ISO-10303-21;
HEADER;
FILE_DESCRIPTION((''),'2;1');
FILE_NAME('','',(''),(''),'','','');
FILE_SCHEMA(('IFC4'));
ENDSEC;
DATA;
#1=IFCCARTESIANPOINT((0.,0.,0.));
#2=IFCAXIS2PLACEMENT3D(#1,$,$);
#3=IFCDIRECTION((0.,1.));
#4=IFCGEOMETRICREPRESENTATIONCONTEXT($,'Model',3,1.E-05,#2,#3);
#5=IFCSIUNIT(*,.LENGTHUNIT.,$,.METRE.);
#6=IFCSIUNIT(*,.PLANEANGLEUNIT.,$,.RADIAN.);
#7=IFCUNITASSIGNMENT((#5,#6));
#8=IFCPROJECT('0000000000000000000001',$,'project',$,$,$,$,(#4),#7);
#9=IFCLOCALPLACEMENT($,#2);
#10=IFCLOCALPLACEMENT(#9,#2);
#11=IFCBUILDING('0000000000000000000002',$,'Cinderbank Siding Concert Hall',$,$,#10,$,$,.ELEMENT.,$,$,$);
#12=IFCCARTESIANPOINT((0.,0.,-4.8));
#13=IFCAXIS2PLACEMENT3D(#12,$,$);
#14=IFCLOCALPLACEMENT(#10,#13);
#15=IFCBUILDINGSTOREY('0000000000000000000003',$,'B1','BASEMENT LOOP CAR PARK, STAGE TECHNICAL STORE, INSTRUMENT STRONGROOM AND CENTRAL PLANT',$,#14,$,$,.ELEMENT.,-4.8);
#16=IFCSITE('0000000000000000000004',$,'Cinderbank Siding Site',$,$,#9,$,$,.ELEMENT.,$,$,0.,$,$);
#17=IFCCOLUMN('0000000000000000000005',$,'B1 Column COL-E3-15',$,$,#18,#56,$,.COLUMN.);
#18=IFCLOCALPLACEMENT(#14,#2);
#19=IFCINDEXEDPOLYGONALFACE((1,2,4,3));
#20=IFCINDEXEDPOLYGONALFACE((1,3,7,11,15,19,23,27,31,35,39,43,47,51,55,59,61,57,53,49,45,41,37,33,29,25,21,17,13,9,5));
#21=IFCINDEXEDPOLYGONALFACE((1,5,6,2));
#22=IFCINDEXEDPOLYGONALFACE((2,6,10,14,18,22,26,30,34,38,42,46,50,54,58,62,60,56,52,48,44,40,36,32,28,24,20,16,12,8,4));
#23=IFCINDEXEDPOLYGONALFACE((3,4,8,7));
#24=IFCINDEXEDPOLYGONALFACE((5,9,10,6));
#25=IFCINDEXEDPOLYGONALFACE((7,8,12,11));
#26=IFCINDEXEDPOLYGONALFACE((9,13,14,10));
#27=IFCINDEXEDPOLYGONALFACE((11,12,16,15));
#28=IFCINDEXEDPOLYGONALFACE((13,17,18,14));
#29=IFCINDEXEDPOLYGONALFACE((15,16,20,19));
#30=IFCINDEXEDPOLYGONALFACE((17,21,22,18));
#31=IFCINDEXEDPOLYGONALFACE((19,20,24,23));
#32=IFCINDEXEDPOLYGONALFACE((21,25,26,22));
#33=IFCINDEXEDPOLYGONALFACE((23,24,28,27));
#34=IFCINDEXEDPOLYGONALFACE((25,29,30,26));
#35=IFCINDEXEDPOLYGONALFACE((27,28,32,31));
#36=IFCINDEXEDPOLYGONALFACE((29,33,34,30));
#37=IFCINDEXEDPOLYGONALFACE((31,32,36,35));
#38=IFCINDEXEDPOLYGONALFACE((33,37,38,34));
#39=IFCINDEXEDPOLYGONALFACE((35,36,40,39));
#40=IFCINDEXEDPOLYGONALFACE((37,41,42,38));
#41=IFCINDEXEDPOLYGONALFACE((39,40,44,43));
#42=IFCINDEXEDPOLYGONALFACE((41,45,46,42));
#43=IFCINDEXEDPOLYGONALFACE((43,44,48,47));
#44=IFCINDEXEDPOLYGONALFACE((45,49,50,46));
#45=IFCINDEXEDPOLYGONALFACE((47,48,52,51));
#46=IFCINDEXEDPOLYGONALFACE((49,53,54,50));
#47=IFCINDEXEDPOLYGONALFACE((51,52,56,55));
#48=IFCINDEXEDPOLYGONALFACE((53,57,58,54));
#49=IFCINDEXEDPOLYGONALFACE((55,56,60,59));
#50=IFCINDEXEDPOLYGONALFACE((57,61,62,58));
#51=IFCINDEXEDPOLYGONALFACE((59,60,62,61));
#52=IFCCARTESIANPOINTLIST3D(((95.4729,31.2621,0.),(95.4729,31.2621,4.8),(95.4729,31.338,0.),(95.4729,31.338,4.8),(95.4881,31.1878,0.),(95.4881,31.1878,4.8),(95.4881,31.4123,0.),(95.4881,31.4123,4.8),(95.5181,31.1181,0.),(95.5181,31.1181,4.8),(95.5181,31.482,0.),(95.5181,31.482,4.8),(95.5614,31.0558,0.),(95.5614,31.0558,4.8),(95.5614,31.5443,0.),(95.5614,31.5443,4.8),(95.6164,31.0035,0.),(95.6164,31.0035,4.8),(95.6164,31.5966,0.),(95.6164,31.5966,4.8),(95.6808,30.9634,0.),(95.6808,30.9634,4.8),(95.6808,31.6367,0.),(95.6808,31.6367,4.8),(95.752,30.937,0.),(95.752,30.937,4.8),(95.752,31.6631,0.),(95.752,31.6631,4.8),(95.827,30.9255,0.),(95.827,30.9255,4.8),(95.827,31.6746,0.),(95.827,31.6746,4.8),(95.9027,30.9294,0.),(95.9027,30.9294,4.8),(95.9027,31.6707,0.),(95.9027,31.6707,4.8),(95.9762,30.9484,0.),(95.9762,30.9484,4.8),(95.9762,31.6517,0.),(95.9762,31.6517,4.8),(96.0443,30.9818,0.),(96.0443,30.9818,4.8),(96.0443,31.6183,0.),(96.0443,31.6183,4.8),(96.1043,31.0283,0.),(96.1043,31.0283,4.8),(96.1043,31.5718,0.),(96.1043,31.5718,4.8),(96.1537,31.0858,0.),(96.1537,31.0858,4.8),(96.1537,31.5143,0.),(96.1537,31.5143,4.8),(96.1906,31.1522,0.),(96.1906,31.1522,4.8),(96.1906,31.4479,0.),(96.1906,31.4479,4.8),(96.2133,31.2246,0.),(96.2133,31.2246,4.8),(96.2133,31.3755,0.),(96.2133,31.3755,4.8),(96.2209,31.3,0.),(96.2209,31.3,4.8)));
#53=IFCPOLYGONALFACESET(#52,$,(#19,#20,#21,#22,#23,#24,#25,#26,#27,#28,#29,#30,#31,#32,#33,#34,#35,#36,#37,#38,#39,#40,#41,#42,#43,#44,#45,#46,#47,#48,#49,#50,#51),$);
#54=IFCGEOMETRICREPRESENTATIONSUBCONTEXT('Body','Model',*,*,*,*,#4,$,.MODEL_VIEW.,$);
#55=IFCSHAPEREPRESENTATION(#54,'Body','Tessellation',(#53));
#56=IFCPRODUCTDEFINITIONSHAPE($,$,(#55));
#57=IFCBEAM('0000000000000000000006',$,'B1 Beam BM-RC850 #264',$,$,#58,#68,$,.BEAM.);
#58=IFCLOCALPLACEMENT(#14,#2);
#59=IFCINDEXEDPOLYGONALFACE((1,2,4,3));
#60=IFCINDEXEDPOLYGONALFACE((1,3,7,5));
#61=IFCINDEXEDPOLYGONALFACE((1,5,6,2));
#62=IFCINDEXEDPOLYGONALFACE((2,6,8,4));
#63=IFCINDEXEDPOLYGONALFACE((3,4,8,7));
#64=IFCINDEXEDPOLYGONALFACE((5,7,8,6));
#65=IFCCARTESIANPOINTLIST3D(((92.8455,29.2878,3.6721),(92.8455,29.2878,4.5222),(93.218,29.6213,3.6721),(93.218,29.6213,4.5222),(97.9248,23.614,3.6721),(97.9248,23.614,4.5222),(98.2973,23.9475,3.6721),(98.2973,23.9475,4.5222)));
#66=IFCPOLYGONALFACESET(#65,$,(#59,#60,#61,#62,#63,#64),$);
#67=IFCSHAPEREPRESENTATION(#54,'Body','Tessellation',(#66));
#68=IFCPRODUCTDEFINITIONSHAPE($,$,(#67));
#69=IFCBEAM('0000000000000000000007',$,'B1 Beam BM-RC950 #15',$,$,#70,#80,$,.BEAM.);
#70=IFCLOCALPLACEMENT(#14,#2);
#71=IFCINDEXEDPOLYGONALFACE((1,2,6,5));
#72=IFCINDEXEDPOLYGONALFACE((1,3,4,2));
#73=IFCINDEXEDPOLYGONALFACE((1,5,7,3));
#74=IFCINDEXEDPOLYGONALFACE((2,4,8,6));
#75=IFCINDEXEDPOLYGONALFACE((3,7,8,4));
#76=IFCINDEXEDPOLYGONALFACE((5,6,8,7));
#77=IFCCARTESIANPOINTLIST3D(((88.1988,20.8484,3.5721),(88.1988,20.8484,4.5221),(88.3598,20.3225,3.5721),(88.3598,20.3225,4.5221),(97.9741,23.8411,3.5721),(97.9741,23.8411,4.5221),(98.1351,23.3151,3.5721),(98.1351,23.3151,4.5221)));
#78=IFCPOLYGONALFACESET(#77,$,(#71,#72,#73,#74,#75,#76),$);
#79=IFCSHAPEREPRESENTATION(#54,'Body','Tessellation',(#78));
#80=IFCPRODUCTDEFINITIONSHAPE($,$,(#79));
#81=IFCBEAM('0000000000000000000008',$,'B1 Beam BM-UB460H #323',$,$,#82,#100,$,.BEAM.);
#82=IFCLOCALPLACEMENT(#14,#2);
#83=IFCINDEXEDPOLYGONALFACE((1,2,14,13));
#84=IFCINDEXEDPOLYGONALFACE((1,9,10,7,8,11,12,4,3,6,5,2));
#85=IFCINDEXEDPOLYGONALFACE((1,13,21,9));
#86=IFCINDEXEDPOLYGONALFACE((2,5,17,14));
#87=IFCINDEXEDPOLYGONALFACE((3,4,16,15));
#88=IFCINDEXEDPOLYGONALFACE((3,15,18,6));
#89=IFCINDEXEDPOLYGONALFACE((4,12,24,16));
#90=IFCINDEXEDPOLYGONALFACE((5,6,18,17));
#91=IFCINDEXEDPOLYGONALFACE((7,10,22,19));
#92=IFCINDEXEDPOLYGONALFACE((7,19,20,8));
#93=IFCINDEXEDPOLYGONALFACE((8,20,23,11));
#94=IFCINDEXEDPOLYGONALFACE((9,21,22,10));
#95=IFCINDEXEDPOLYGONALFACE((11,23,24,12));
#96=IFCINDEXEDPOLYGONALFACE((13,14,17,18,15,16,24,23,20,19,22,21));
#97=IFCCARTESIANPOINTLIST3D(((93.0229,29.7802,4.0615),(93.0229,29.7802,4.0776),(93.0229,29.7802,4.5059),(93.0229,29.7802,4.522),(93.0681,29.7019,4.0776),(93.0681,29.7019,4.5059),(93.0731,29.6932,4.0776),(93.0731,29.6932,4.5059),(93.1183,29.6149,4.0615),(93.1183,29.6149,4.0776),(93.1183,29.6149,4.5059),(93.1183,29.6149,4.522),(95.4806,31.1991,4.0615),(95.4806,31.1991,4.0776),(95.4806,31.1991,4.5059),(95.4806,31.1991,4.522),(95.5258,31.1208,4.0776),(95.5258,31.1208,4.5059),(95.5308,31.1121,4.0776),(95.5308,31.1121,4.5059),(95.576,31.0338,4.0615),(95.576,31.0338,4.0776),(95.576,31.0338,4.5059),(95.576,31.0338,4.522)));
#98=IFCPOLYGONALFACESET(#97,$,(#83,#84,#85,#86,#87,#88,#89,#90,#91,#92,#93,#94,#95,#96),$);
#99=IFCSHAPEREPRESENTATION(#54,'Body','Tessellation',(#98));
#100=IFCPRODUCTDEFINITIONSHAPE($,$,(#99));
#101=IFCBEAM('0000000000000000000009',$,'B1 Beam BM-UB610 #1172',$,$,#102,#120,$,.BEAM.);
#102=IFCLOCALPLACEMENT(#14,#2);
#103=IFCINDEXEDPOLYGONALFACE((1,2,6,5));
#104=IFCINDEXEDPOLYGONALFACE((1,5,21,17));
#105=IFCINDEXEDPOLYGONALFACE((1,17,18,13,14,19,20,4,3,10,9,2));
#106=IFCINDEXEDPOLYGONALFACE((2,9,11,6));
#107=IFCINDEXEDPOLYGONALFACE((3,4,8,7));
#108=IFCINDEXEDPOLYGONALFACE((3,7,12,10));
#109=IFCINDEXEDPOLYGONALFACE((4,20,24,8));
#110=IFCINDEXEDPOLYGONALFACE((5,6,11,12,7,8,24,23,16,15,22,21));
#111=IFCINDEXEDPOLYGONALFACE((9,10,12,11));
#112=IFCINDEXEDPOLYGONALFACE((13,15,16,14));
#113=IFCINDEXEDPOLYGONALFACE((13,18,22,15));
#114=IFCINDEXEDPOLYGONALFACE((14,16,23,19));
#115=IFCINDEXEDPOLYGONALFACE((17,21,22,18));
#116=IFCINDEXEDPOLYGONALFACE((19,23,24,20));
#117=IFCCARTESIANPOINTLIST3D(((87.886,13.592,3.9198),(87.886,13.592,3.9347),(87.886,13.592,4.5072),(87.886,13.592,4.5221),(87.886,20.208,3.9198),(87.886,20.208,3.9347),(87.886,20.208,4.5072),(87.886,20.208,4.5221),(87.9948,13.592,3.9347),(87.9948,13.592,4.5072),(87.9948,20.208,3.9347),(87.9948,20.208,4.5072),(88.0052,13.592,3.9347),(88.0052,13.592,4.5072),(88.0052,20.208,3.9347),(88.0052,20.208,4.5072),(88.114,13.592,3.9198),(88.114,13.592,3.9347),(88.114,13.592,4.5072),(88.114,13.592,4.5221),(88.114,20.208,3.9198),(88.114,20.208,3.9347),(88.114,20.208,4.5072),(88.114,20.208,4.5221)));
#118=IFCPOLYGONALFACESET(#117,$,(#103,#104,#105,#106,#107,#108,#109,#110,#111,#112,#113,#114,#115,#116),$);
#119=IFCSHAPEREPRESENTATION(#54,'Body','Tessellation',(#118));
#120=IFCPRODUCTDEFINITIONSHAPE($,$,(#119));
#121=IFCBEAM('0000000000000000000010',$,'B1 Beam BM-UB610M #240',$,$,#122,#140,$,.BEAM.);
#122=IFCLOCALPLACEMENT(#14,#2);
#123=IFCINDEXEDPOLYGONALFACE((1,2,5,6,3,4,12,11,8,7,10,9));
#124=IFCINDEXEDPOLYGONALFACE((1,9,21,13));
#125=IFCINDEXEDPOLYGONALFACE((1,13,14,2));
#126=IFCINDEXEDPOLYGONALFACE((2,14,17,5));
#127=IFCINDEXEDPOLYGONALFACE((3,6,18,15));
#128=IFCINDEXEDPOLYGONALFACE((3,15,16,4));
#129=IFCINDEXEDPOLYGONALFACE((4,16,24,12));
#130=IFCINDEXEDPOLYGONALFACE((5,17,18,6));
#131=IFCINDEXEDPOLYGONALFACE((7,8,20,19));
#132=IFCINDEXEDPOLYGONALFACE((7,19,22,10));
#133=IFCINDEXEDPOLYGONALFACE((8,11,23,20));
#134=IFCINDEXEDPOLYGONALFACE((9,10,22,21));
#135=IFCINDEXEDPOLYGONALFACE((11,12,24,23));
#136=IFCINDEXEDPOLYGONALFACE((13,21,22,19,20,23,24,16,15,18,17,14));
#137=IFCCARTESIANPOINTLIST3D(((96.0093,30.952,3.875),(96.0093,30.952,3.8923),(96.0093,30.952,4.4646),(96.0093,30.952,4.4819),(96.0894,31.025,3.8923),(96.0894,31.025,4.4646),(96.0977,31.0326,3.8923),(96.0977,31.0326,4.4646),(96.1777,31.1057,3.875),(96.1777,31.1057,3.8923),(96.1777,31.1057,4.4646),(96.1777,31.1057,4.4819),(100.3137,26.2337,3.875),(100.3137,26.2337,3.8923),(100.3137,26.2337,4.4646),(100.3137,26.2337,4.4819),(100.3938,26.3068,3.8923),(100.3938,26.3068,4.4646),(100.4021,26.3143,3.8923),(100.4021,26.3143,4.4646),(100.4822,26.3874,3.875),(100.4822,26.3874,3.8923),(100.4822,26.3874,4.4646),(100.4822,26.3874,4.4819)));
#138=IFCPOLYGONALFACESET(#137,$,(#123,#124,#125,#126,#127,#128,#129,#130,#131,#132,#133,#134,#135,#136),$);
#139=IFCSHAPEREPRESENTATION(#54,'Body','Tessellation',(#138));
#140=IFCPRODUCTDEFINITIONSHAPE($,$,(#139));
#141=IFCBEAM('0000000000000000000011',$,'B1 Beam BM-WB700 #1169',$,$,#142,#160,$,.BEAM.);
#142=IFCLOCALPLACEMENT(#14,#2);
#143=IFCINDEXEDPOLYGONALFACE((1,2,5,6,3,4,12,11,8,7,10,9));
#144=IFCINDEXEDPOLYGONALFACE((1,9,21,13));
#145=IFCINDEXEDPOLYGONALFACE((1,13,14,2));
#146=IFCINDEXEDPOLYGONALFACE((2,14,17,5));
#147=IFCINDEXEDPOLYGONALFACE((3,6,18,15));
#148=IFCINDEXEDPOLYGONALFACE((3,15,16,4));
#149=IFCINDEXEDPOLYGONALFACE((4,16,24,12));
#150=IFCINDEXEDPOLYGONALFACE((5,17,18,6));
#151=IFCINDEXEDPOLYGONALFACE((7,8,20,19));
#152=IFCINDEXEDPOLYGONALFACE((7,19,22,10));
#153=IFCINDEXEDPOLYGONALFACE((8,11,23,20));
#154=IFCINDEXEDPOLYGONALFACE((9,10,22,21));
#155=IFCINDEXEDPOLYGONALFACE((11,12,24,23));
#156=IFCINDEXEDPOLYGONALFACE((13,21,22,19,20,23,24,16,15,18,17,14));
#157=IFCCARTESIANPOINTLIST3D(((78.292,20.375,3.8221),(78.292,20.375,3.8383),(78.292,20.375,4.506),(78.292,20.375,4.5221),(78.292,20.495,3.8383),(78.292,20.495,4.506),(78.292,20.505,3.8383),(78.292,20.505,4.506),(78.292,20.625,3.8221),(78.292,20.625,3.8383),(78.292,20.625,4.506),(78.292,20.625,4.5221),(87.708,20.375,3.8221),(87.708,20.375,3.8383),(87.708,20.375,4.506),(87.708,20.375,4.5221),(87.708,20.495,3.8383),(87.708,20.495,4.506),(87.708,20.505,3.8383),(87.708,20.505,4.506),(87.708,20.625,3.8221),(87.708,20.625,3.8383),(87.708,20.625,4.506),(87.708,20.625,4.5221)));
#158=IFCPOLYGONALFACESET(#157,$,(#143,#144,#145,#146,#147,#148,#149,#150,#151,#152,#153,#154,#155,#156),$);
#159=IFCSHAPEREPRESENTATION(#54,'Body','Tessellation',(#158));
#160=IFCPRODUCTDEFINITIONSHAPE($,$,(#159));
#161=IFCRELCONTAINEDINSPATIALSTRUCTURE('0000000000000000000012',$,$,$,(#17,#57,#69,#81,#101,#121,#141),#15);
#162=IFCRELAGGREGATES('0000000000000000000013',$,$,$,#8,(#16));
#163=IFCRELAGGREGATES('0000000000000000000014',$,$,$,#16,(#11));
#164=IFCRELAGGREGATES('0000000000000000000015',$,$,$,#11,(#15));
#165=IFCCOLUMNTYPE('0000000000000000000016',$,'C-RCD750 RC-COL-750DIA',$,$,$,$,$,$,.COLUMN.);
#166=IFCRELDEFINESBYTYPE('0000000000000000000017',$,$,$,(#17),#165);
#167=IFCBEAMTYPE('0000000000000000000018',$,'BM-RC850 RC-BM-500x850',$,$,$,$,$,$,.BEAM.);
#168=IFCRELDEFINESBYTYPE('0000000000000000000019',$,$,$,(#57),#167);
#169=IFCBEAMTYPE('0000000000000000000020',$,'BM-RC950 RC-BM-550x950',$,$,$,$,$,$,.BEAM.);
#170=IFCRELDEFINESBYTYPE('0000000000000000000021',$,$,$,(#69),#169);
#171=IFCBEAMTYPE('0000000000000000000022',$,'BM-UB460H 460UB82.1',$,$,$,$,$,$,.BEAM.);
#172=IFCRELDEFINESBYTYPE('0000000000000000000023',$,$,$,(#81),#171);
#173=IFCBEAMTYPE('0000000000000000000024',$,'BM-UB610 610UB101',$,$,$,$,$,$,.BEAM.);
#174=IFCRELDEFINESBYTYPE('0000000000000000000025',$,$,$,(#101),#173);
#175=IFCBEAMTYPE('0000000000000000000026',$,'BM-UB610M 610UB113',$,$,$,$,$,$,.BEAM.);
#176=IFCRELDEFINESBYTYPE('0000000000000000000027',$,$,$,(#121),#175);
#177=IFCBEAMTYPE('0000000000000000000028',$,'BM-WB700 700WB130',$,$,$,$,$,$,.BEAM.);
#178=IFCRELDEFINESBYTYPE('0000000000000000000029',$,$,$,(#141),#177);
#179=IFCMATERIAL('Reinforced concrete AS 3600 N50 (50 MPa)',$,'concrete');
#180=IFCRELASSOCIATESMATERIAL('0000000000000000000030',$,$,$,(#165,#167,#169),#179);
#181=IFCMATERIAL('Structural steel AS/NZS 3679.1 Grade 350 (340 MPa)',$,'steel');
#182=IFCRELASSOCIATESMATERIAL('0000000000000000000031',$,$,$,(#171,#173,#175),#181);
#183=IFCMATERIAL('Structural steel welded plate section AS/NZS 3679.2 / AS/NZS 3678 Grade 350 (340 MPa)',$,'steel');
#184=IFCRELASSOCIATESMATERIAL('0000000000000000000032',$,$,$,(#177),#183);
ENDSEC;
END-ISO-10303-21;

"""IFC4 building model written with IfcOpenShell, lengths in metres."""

from ifc_helpers import new_model, si_unit, direction, frame, origin, origin_2d, place, context, subcontext, project, spatial, rectangle, circle, i_section, extrude, material, material_profile, profile_set, type_object, element, save


model = new_model("IFC4")

# Units and contexts
model_context = context("Model", 3, precision=1e-05, world=origin(), true_north=direction((0.0, 1.0)))
body_context = subcontext(model_context, "Body", "Model", "MODEL_VIEW")
ifc_project = project(units=[si_unit("LENGTHUNIT", "METRE"), si_unit("PLANEANGLEUNIT", "RADIAN")], contexts=[model_context])

# Site, building, storey
site_placement = place(None, origin())
site = spatial("IfcSite", under=ifc_project, at=site_placement, Name="Cinderbank Siding Site", CompositionType="ELEMENT", RefElevation=0.0)
building_placement = place(site_placement, origin())
building = spatial("IfcBuilding", under=site, at=building_placement, Name="Cinderbank Siding Concert Hall", CompositionType="ELEMENT")
storey_placement = place(building_placement, frame((0.0, 0.0, -4.8)))
storey = spatial("IfcBuildingStorey", under=building, at=storey_placement, Name="B1", Description="BASEMENT LOOP CAR PARK, STAGE TECHNICAL STORE, INSTRUMENT STRONGROOM AND CENTRAL PLANT", CompositionType="ELEMENT", Elevation=-4.8)

# Column
ifc_material_1 = material(Name="Reinforced concrete AS 3600 N50 (50 MPa)", Category="concrete")
ifc_material_profile_1 = material_profile(ifc_material_1, circle(Radius=0.375, at=origin_2d()), Name="RC-COL-750DIA", Category="LoadBearing")
ifc_profile_set_1 = profile_set([ifc_material_profile_1], Name="Reinforced concrete AS 3600 N50 (50 MPa)")
column_type_1 = type_object("IfcColumnType", Name="C-RCD750 RC-COL-750DIA", PredefinedType="COLUMN", material=ifc_profile_set_1)
column_1_placement = place(storey_placement, frame((95.8459, 31.3, 0.0), z_axis=(0.0, 0.0, 1.0), x_axis=(1.0, 0.0, 0.0)))
element("IfcColumn", 1, at=column_1_placement, inside=storey, type_object=column_type_1, Name="B1 Column COL-E3-15", PredefinedType="COLUMN", context=body_context, shape_type="SweptSolid", body=[
    extrude(circle(Radius=0.375, at=origin_2d()), origin(), (0.0, 0.0, 1.0), 4.8),
])

# Beams
ifc_material_profile_2 = material_profile(ifc_material_1, rectangle(XDim=0.5, YDim=0.8501, at=origin_2d()), Name="RC-BM-500x850", Category="LoadBearing")
ifc_profile_set_2 = profile_set([ifc_material_profile_2], Name="Reinforced concrete AS 3600 N50 (50 MPa)")
beam_type_1 = type_object("IfcBeamType", Name="BM-RC850 RC-BM-500x850", PredefinedType="BEAM", material=ifc_profile_set_2)
beam_1_placement = place(storey_placement, frame((93.0317, 29.4546, 4.0972), z_axis=(0.666996, -0.745061, 0.0), x_axis=(0.745061, 0.666996, 0.0)))
element("IfcBeam", 2, at=beam_1_placement, inside=storey, type_object=beam_type_1, Name="B1 Beam BM-RC850 #264", PredefinedType="BEAM", context=body_context, shape_type="SweptSolid", body=[
    extrude(rectangle(XDim=0.5, YDim=0.8501, at=origin_2d()), origin(), (0.0, 0.0, 1.0), 7.6152),
])
ifc_material_profile_3 = material_profile(ifc_material_1, rectangle(XDim=0.55, YDim=0.95, at=origin_2d()), Name="RC-BM-550x950", Category="LoadBearing")
ifc_profile_set_3 = profile_set([ifc_material_profile_3], Name="Reinforced concrete AS 3600 N50 (50 MPa)")
beam_type_2 = type_object("IfcBeamType", Name="BM-RC950 RC-BM-550x950", PredefinedType="BEAM", material=ifc_profile_set_3)
beam_2_placement = place(storey_placement, frame((88.2793, 20.5854, 4.0471), z_axis=(0.956194, 0.292733, 0.0), x_axis=(-0.292733, 0.956194, 0.0)))
element("IfcBeam", 3, at=beam_2_placement, inside=storey, type_object=beam_type_2, Name="B1 Beam BM-RC950 #15", PredefinedType="BEAM", context=body_context, shape_type="SweptSolid", body=[
    extrude(rectangle(XDim=0.55, YDim=0.95, at=origin_2d()), origin(), (0.0, 0.0, 1.0), 10.2231),
])
ifc_material_2 = material(Name="Structural steel AS/NZS 3679.1 Grade 350 (340 MPa)", Category="steel")
ifc_material_profile_4 = material_profile(ifc_material_2, i_section(OverallWidth=0.1909, OverallDepth=0.4604, WebThickness=0.01, FlangeThickness=0.0161, at=origin_2d()), Name="460UB82.1", Category="LoadBearing")
ifc_profile_set_4 = profile_set([ifc_material_profile_4], Name="Structural steel AS/NZS 3679.1 Grade 350 (340 MPa)")
beam_type_3 = type_object("IfcBeamType", Name="BM-UB460H 460UB82.1", PredefinedType="BEAM", material=ifc_profile_set_4)
beam_3_placement = place(storey_placement, frame((95.5283, 31.1165, 4.2917), z_axis=(-0.866032, -0.499988, 0.0), x_axis=(0.499988, -0.866032, 0.0)))
element("IfcBeam", 4, at=beam_3_placement, inside=storey, type_object=beam_type_3, Name="B1 Beam BM-UB460H #323", PredefinedType="BEAM", context=body_context, shape_type="SweptSolid", body=[
    extrude(i_section(OverallWidth=0.1909, OverallDepth=0.4604, WebThickness=0.01, FlangeThickness=0.0161, at=origin_2d()), origin(), (0.0, 0.0, 1.0), 2.8379),
])
ifc_material_profile_5 = material_profile(ifc_material_2, i_section(OverallWidth=0.228, OverallDepth=0.6023, WebThickness=0.0105, FlangeThickness=0.0149, at=origin_2d()), Name="610UB101", Category="LoadBearing")
ifc_profile_set_5 = profile_set([ifc_material_profile_5], Name="Structural steel AS/NZS 3679.1 Grade 350 (340 MPa)")
beam_type_4 = type_object("IfcBeamType", Name="BM-UB610 610UB101", PredefinedType="BEAM", material=ifc_profile_set_5)
beam_4_placement = place(storey_placement, frame((88.0, 13.592, 4.2209), z_axis=(0.0, 1.0, 0.0), x_axis=(-1.0, 0.0, 0.0)))
element("IfcBeam", 5, at=beam_4_placement, inside=storey, type_object=beam_type_4, Name="B1 Beam BM-UB610 #1172", PredefinedType="BEAM", context=body_context, shape_type="SweptSolid", body=[
    extrude(i_section(OverallWidth=0.228, OverallDepth=0.6023, WebThickness=0.0105, FlangeThickness=0.0149, at=origin_2d()), origin(), (0.0, 0.0, 1.0), 6.616),
])
ifc_material_profile_6 = material_profile(ifc_material_2, i_section(OverallWidth=0.228, OverallDepth=0.6069, WebThickness=0.0112, FlangeThickness=0.0173, at=origin_2d()), Name="610UB113", Category="LoadBearing")
ifc_profile_set_6 = profile_set([ifc_material_profile_6], Name="Structural steel AS/NZS 3679.1 Grade 350 (340 MPa)")
beam_type_5 = type_object("IfcBeamType", Name="BM-UB610M 610UB113", PredefinedType="BEAM", material=ifc_profile_set_6)
beam_5_placement = place(storey_placement, frame((96.0935, 31.0288, 4.1785), z_axis=(0.673967, -0.738761, 0.0), x_axis=(0.738761, 0.673967, 0.0)))
element("IfcBeam", 6, at=beam_5_placement, inside=storey, type_object=beam_type_5, Name="B1 Beam BM-UB610M #240", PredefinedType="BEAM", context=body_context, shape_type="SweptSolid", body=[
    extrude(i_section(OverallWidth=0.228, OverallDepth=0.6069, WebThickness=0.0112, FlangeThickness=0.0173, at=origin_2d()), origin(), (0.0, 0.0, 1.0), 6.3867),
])
ifc_material_3 = material(Name="Structural steel welded plate section AS/NZS 3679.2 / AS/NZS 3678 Grade 350 (340 MPa)", Category="steel")
ifc_material_profile_7 = material_profile(ifc_material_3, i_section(OverallWidth=0.25, OverallDepth=0.7, WebThickness=0.01, FlangeThickness=0.0161, at=origin_2d()), Name="700WB130", Category="LoadBearing")
ifc_profile_set_7 = profile_set([ifc_material_profile_7], Name="Structural steel welded plate section AS/NZS 3679.2 / AS/NZS 3678 Grade 350 (340 MPa)")
beam_type_6 = type_object("IfcBeamType", Name="BM-WB700 700WB130", PredefinedType="BEAM", material=ifc_profile_set_7)
beam_6_placement = place(storey_placement, frame((78.292, 20.5, 4.1721), z_axis=(1.0, 0.0, 0.0), x_axis=(0.0, 1.0, 0.0)))
element("IfcBeam", 7, at=beam_6_placement, inside=storey, type_object=beam_type_6, Name="B1 Beam BM-WB700 #1169", PredefinedType="BEAM", context=body_context, shape_type="SweptSolid", body=[
    extrude(i_section(OverallWidth=0.25, OverallDepth=0.7, WebThickness=0.01, FlangeThickness=0.0161, at=origin_2d()), origin(), (0.0, 0.0, 1.0), 9.416),
])

save(model, "model.ifc")
